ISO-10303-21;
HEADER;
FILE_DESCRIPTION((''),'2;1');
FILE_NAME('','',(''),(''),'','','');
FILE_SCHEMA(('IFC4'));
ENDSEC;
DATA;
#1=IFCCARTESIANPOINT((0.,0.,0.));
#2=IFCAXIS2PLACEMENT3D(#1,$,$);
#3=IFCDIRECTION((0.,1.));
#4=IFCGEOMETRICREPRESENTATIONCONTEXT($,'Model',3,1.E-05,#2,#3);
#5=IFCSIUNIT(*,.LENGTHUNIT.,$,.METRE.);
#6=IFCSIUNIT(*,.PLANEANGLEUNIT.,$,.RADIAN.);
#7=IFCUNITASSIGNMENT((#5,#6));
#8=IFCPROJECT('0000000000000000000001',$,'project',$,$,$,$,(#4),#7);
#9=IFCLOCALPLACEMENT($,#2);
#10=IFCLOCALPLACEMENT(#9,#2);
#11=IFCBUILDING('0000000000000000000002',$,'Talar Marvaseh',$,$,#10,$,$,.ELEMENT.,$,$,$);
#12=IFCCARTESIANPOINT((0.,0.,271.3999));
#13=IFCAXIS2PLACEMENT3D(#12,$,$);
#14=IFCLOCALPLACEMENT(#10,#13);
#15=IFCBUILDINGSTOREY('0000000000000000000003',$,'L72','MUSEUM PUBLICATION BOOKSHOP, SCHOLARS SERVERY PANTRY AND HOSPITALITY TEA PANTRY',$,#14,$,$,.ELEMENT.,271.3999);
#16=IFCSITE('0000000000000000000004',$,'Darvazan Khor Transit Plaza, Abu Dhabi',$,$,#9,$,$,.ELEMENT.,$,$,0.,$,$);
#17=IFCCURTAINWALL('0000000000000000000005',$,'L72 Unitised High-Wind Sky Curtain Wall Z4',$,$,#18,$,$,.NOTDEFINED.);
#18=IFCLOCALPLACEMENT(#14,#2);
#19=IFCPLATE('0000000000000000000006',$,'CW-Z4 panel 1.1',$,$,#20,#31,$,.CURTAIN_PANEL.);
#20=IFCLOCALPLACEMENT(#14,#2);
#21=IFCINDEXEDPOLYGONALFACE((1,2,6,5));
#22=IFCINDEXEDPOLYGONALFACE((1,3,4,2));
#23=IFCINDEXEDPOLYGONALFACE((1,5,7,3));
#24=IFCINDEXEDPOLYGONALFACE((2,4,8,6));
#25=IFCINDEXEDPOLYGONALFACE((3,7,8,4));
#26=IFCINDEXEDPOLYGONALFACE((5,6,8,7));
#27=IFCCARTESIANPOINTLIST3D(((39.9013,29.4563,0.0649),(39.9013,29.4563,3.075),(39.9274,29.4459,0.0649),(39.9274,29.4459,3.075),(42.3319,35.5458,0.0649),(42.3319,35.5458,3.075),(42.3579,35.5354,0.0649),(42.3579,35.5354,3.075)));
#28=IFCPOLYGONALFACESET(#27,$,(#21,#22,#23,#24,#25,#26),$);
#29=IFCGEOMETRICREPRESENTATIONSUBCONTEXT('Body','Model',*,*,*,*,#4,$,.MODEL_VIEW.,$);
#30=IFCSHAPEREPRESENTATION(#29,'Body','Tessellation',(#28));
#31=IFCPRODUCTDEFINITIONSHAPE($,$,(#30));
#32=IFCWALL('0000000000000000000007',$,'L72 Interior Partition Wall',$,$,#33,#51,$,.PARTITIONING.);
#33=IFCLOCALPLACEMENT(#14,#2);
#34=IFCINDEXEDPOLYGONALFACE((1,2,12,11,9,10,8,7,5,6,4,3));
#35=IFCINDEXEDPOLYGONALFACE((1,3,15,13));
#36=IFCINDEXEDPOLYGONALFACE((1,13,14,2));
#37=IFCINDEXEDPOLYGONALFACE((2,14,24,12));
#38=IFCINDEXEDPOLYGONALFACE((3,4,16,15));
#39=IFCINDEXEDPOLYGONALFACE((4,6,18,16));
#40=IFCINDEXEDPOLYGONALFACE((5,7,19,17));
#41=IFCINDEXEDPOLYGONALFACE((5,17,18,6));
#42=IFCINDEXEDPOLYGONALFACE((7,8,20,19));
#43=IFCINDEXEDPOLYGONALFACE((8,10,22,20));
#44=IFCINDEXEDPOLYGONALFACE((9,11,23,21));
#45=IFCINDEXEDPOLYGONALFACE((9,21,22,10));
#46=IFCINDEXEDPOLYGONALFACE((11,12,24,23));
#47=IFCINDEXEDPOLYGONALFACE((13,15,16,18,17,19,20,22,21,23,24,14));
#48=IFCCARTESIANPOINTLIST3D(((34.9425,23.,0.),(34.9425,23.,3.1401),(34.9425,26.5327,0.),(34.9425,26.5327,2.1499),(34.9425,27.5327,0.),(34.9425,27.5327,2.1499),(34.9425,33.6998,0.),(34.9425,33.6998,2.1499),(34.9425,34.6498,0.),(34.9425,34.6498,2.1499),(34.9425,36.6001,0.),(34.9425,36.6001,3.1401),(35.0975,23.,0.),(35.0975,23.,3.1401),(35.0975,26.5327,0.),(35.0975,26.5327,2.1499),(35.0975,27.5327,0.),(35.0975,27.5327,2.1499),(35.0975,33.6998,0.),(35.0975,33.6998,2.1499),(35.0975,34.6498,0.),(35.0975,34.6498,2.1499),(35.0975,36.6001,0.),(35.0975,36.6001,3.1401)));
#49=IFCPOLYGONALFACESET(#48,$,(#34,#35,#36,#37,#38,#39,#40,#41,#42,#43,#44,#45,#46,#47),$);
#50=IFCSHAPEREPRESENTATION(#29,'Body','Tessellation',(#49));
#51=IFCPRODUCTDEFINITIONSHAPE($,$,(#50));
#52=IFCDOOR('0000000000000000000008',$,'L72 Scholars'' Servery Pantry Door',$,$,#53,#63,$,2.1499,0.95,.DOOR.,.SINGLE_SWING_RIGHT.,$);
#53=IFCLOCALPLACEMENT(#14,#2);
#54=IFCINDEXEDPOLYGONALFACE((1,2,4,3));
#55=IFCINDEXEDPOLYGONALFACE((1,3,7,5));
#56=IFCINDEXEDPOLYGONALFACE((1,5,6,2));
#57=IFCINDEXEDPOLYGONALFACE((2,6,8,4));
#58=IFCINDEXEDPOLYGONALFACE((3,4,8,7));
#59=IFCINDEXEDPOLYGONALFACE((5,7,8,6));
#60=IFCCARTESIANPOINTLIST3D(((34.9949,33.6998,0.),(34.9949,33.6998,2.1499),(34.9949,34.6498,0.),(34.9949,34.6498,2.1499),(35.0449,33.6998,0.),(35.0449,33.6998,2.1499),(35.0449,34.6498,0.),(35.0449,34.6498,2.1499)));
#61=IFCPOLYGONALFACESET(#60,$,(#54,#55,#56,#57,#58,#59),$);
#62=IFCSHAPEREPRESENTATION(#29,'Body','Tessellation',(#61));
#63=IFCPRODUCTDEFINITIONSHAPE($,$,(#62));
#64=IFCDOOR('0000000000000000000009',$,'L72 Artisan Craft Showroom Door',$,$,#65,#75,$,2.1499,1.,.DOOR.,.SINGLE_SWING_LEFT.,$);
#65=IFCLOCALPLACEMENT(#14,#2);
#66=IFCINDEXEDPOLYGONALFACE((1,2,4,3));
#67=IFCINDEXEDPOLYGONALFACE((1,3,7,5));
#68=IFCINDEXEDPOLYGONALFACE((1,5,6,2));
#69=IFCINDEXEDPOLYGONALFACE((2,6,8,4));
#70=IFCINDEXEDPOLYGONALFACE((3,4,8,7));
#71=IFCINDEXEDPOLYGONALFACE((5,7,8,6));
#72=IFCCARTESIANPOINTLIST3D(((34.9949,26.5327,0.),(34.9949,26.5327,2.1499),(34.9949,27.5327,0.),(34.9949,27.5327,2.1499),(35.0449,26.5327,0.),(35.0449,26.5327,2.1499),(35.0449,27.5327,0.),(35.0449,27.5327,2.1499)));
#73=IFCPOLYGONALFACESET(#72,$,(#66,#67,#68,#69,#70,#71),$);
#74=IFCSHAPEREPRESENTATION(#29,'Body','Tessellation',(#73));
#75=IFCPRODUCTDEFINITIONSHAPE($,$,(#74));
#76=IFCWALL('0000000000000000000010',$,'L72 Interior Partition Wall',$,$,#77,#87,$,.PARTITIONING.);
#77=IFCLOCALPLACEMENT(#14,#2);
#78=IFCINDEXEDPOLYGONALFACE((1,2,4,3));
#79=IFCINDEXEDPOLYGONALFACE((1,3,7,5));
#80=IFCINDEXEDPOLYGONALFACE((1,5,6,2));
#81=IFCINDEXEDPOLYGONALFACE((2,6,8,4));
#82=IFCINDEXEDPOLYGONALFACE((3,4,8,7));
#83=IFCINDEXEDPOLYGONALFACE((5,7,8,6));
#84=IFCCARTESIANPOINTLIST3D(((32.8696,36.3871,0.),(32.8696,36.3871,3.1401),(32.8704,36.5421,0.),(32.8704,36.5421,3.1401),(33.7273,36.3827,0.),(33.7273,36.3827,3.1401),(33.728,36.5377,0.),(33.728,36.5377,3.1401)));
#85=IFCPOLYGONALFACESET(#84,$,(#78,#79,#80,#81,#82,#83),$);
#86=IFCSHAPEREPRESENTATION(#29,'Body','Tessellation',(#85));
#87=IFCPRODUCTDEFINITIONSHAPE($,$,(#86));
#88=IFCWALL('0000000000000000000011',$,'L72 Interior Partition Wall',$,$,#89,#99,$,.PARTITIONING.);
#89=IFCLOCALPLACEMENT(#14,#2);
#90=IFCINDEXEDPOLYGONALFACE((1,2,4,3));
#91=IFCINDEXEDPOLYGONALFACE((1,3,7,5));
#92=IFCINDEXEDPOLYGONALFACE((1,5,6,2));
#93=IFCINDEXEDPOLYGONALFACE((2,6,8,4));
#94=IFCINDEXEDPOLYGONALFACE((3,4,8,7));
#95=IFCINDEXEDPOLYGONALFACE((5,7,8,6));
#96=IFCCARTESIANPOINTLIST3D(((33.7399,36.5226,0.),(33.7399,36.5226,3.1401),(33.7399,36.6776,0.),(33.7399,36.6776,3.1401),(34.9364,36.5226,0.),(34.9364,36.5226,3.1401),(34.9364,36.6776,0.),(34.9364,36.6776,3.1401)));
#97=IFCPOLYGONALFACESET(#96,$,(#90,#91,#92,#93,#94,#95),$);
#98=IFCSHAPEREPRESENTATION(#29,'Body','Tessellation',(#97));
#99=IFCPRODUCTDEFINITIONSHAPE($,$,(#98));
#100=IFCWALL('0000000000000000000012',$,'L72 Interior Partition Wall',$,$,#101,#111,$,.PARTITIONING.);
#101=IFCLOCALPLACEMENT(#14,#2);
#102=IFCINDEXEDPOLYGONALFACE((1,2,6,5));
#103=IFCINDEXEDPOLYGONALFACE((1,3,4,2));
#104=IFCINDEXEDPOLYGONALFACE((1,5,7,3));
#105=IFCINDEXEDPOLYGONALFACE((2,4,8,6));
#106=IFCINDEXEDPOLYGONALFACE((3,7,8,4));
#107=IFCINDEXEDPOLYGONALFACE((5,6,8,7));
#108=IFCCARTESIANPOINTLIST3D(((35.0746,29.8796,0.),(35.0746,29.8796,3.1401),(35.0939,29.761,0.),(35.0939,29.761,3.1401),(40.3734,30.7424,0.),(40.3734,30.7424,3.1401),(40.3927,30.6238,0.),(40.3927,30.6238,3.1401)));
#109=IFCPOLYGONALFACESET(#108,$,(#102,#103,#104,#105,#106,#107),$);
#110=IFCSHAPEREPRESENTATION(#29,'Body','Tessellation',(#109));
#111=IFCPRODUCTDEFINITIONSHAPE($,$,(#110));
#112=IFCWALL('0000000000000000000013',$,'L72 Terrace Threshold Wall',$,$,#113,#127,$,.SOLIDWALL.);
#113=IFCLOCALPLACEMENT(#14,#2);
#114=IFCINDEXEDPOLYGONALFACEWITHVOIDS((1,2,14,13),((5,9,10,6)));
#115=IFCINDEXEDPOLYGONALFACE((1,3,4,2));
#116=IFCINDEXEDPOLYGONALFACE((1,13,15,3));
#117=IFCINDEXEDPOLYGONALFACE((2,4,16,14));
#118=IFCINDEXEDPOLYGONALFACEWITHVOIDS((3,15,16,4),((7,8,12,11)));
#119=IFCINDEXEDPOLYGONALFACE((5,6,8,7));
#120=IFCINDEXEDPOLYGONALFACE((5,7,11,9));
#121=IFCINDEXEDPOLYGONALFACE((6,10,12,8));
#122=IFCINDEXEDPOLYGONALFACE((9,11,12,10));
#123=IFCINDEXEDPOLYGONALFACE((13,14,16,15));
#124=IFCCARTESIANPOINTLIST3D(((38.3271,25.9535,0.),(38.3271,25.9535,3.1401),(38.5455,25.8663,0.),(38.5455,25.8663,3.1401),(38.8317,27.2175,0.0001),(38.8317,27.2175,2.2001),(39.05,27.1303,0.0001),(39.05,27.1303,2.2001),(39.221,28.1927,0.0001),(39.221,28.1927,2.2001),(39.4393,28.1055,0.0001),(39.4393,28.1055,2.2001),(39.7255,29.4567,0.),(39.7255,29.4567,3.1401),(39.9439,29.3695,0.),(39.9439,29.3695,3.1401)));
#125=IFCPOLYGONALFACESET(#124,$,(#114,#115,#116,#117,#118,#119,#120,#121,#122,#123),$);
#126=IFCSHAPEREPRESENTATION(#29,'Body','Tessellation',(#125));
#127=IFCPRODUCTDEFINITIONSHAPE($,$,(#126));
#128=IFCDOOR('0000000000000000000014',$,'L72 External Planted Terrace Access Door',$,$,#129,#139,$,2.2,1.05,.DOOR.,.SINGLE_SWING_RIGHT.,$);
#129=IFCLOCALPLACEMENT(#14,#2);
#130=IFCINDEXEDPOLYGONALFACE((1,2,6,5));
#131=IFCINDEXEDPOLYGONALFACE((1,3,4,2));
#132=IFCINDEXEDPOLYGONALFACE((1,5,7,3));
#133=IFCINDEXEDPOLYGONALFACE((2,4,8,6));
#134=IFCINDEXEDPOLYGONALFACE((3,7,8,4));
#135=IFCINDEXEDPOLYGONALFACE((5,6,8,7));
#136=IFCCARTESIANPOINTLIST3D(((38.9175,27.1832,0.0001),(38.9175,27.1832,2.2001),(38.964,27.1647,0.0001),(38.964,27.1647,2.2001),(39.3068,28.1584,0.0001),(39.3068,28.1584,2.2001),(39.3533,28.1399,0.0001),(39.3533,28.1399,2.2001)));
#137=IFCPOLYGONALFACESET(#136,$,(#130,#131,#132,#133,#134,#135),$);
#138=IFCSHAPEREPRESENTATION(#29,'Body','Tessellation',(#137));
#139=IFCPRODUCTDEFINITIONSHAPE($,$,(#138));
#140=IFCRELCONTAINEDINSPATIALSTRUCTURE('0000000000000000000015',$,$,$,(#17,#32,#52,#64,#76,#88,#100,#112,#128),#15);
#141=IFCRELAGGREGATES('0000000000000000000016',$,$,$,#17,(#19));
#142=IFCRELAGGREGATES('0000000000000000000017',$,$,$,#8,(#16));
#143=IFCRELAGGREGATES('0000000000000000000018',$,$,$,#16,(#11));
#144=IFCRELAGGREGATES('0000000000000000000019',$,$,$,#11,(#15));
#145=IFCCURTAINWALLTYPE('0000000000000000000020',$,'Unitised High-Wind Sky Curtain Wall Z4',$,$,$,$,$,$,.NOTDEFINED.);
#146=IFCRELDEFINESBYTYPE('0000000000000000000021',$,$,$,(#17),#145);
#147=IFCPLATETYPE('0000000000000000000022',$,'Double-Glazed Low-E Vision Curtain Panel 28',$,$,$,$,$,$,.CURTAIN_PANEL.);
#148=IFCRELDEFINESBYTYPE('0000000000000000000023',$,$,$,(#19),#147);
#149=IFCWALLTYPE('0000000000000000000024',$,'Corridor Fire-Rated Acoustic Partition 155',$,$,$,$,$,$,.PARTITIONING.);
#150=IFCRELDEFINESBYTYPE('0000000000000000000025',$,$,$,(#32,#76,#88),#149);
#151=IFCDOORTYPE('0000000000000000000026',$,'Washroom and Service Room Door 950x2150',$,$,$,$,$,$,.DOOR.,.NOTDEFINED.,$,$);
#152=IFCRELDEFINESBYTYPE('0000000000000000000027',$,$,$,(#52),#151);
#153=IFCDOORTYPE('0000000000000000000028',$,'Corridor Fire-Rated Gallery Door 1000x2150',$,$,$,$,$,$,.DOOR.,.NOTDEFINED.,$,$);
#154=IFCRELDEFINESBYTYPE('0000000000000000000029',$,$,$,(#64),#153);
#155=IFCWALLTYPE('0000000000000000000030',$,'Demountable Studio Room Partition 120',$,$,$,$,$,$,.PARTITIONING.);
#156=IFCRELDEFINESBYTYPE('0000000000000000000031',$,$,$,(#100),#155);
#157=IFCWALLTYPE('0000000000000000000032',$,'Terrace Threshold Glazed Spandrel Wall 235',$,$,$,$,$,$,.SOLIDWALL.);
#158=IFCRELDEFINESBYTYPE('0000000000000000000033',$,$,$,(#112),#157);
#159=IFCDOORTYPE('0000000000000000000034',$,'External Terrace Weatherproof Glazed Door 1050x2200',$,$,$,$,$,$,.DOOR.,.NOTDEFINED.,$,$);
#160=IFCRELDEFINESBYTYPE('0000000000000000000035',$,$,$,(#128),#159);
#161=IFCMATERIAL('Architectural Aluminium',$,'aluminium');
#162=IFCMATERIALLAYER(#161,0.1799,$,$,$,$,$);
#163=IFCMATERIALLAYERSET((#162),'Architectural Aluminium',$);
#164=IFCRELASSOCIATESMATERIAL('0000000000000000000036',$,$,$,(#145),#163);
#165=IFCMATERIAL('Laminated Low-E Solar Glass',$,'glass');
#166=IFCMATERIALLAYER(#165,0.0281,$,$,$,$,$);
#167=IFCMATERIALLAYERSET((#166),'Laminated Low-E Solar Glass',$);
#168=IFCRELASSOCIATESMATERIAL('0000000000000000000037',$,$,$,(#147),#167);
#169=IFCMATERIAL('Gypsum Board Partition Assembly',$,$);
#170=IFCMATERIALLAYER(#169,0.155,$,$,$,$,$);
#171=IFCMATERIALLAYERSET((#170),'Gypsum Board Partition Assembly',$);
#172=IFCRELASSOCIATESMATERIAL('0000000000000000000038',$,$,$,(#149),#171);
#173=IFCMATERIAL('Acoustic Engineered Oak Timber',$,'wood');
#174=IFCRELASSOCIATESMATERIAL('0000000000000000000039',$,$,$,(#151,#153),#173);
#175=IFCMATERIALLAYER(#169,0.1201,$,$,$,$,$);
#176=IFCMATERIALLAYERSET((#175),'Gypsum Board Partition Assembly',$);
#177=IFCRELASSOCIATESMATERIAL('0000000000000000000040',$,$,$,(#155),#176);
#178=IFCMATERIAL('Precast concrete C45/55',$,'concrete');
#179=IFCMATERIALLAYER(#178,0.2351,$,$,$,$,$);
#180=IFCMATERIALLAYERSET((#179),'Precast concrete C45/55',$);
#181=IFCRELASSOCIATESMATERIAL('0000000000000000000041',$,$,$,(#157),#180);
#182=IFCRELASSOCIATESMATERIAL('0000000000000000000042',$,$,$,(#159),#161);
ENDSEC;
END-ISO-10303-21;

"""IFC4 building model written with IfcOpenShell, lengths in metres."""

from ifc_helpers import new_model, si_unit, direction, frame, frame_2d, origin, origin_2d, place, context, subcontext, project, spatial, rectangle, extrude, source, transform, mapped, material, layer, layer_set, type_object, type_shapes, element, fill, aggregate, save


model = new_model("IFC4")

# Units and contexts
model_context = context("Model", 3, precision=1e-05, world=origin(), true_north=direction((0.0, 1.0)))
body_context = subcontext(model_context, "Body", "Model", "MODEL_VIEW")
ifc_project = project(units=[si_unit("LENGTHUNIT", "METRE"), si_unit("PLANEANGLEUNIT", "RADIAN")], contexts=[model_context])

# Site, building, storey
site_placement = place(None, origin())
site = spatial("IfcSite", under=ifc_project, at=site_placement, Name="Darvazan Khor Transit Plaza, Abu Dhabi", CompositionType="ELEMENT", RefElevation=0.0)
building_placement = place(site_placement, origin())
building = spatial("IfcBuilding", under=site, at=building_placement, Name="Talar Marvaseh", CompositionType="ELEMENT")
storey_placement = place(building_placement, frame((0.0, 0.0, 271.3999)))
storey = spatial("IfcBuildingStorey", under=building, at=storey_placement, Name="L72", Description="MUSEUM PUBLICATION BOOKSHOP, SCHOLARS SERVERY PANTRY AND HOSPITALITY TEA PANTRY", CompositionType="ELEMENT", Elevation=271.3999)

# Curtain wall, plate
ifc_material_1 = material(Name="Architectural Aluminium", Category="aluminium")
ifc_layer_1 = layer(ifc_material_1, 0.1799)
ifc_layer_set_1 = layer_set([ifc_layer_1], Name="Architectural Aluminium")
curtain_wall_type = type_object("IfcCurtainWallType", Name="Unitised High-Wind Sky Curtain Wall Z4", PredefinedType="NOTDEFINED", material=ifc_layer_set_1)
curtain_wall_placement = place(storey_placement, origin())
curtain_wall = element("IfcCurtainWall", 1, at=curtain_wall_placement, inside=storey, type_object=curtain_wall_type, Name="L72 Unitised High-Wind Sky Curtain Wall Z4", PredefinedType="NOTDEFINED")
ifc_material_2 = material(Name="Laminated Low-E Solar Glass", Category="glass")
ifc_layer_2 = layer(ifc_material_2, 0.0281)
ifc_layer_set_2 = layer_set([ifc_layer_2], Name="Laminated Low-E Solar Glass")
plate_type = type_object("IfcPlateType", Name="Double-Glazed Low-E Vision Curtain Panel 28", PredefinedType="CURTAIN_PANEL", material=ifc_layer_set_2)
shared_shape_1 = source(origin(), body_context, "Body", "SweptSolid", [
    extrude(rectangle(XDim=6.5566, YDim=0.0281, at=origin_2d()), origin(), (0.0, 0.0, 1.0), 3.01),
])
type_shapes(plate_type, [shared_shape_1])
plate_placement = place(storey_placement, frame((41.1296, 32.4958, 0.0649), z_axis=(0.0, 0.0, 1.0), x_axis=(-0.370697, -0.928754, 0.0)))
plate = element("IfcPlate", 2, at=plate_placement, type_object=plate_type, Name="CW-Z4 panel 1.1", PredefinedType="CURTAIN_PANEL", context=body_context, shape_type="MappedRepresentation", body=[
    mapped(shared_shape_1, transform((0.0, 0.0, 0.0), x_axis=(1.0, 0.0, 0.0), y_axis=(0.0, 1.0, 0.0), z_axis=(0.0, 0.0, 1.0), scale=1.0)),
])
aggregate(curtain_wall, [plate])

# Wall, openings, doors
ifc_material_3 = material(Name="Gypsum Board Partition Assembly")
ifc_layer_3 = layer(ifc_material_3, 0.155)
ifc_layer_set_3 = layer_set([ifc_layer_3], Name="Gypsum Board Partition Assembly")
wall_type_1 = type_object("IfcWallType", Name="Corridor Fire-Rated Acoustic Partition 155", PredefinedType="PARTITIONING", material=ifc_layer_set_3)
wall_1_placement = place(storey_placement, frame((35.02, 36.6001, 0.0), z_axis=(0.0, 0.0, 1.0), x_axis=(0.0, -1.0, 0.0)))
wall_1 = element("IfcWall", 3, at=wall_1_placement, inside=storey, type_object=wall_type_1, Name="L72 Interior Partition Wall", PredefinedType="PARTITIONING", context=body_context, shape_type="SweptSolid", body=[
    extrude(rectangle(XDim=13.6001, YDim=0.155, at=frame_2d((6.8, 0.0))), origin(), (0.0, 0.0, 1.0), 3.1401),
])
opening_1_placement = place(wall_1_placement, frame((9.0674, 0.0, 0.0)))
opening_1 = element("IfcOpeningElement", 4, at=opening_1_placement, cuts=wall_1, PredefinedType="OPENING", context=body_context, shape_type="SweptSolid", body=[
    extrude(rectangle(XDim=1.0, YDim=2.1499, at=frame_2d((0.5, 1.075))), frame((0.0, 0.0874, 0.0), z_axis=(0.0, -1.0, 0.0), x_axis=(1.0, 0.0, 0.0)), (0.0, 0.0, 1.0), 0.175),
])
opening_2_placement = place(wall_1_placement, frame((1.9502, 0.0, 0.0)))
opening_2 = element("IfcOpeningElement", 5, at=opening_2_placement, cuts=wall_1, PredefinedType="OPENING", context=body_context, shape_type="SweptSolid", body=[
    extrude(rectangle(XDim=0.95, YDim=2.1499, at=frame_2d((0.4751, 1.075))), frame((0.0, 0.0874, 0.0), z_axis=(0.0, -1.0, 0.0), x_axis=(1.0, 0.0, 0.0)), (0.0, 0.0, 1.0), 0.175),
])
ifc_material_4 = material(Name="Acoustic Engineered Oak Timber", Category="wood")
door_type_1 = type_object("IfcDoorType", Name="Washroom and Service Room Door 950x2150", OperationType="NOTDEFINED", PredefinedType="DOOR", material=ifc_material_4)
shared_shape_2 = source(origin(), body_context, "Body", "SweptSolid", [
    extrude(rectangle(XDim=0.95, YDim=2.1499, at=frame_2d((0.4751, 1.075))), frame((0.0, 0.0249, 0.0), z_axis=(0.0, -1.0, 0.0), x_axis=(1.0, 0.0, 0.0)), (0.0, 0.0, 1.0), 0.05),
])
type_shapes(door_type_1, [shared_shape_2])
door_1_placement = place(opening_2_placement, origin())
door_1 = element("IfcDoor", 6, at=door_1_placement, inside=storey, type_object=door_type_1, Name="L72 Scholars' Servery Pantry Door", OperationType="SINGLE_SWING_RIGHT", OverallHeight=2.1499, OverallWidth=0.95, PredefinedType="DOOR", context=body_context, shape_type="MappedRepresentation", body=[
    mapped(shared_shape_2, transform((0.0, 0.0, 0.0), x_axis=(1.0, 0.0, 0.0), y_axis=(0.0, 1.0, 0.0), z_axis=(0.0, 0.0, 1.0), scale=1.0)),
])
fill(opening_2, door_1)
door_type_2 = type_object("IfcDoorType", Name="Corridor Fire-Rated Gallery Door 1000x2150", OperationType="NOTDEFINED", PredefinedType="DOOR", material=ifc_material_4)
shared_shape_3 = source(origin(), body_context, "Body", "SweptSolid", [
    extrude(rectangle(XDim=1.0, YDim=2.1499, at=frame_2d((0.5, 1.075))), frame((0.0, 0.0249, 0.0), z_axis=(0.0, -1.0, 0.0), x_axis=(1.0, 0.0, 0.0)), (0.0, 0.0, 1.0), 0.05),
])
type_shapes(door_type_2, [shared_shape_3])
door_2_placement = place(opening_1_placement, origin())
door_2 = element("IfcDoor", 7, at=door_2_placement, inside=storey, type_object=door_type_2, Name="L72 Artisan Craft Showroom Door", OperationType="SINGLE_SWING_LEFT", OverallHeight=2.1499, OverallWidth=1.0, PredefinedType="DOOR", context=body_context, shape_type="MappedRepresentation", body=[
    mapped(shared_shape_3, transform((0.0, 0.0, 0.0), x_axis=(1.0, 0.0, 0.0), y_axis=(0.0, 1.0, 0.0), z_axis=(0.0, 0.0, 1.0), scale=1.0)),
])
fill(opening_1, door_2)

# Walls
wall_2_placement = place(storey_placement, frame((32.8701, 36.4646, 0.0), z_axis=(0.0, 0.0, 1.0), x_axis=(0.999987, -0.005124, 0.0)))
element("IfcWall", 8, at=wall_2_placement, inside=storey, type_object=wall_type_1, Name="L72 Interior Partition Wall", PredefinedType="PARTITIONING", context=body_context, shape_type="SweptSolid", body=[
    extrude(rectangle(XDim=0.8577, YDim=0.155, at=frame_2d((0.4287, 0.0))), origin(), (0.0, 0.0, 1.0), 3.1401),
])
wall_3_placement = place(storey_placement, frame((33.74, 36.6001, 0.0), z_axis=(0.0, 0.0, 1.0), x_axis=(1.0, 0.0, 0.0)))
element("IfcWall", 9, at=wall_3_placement, inside=storey, type_object=wall_type_1, Name="L72 Interior Partition Wall", PredefinedType="PARTITIONING", context=body_context, shape_type="SweptSolid", body=[
    extrude(rectangle(XDim=1.1965, YDim=0.155, at=frame_2d((0.5981, 0.0))), origin(), (0.0, 0.0, 1.0), 3.1401),
])
ifc_layer_4 = layer(ifc_material_3, 0.1201)
ifc_layer_set_4 = layer_set([ifc_layer_4], Name="Gypsum Board Partition Assembly")
wall_type_2 = type_object("IfcWallType", Name="Demountable Studio Room Partition 120", PredefinedType="PARTITIONING", material=ifc_layer_set_4)
wall_4_placement = place(storey_placement, frame((35.0842, 29.8203, 0.0), z_axis=(0.0, 0.0, 1.0), x_axis=(0.987002, 0.160711, 0.0)))
element("IfcWall", 10, at=wall_4_placement, inside=storey, type_object=wall_type_2, Name="L72 Interior Partition Wall", PredefinedType="PARTITIONING", context=body_context, shape_type="SweptSolid", body=[
    extrude(rectangle(XDim=5.3687, YDim=0.1201, at=frame_2d((2.6843, 0.0))), origin(), (0.0, 0.0, 1.0), 3.1401),
])

# Wall, opening, door
ifc_material_5 = material(Name="Precast concrete C45/55", Category="concrete")
ifc_layer_5 = layer(ifc_material_5, 0.2351)
ifc_layer_set_5 = layer_set([ifc_layer_5], Name="Precast concrete C45/55")
wall_type_3 = type_object("IfcWallType", Name="Terrace Threshold Glazed Spandrel Wall 235", PredefinedType="SOLIDWALL", material=ifc_layer_set_5)
wall_5_placement = place(storey_placement, frame((39.8347, 29.4131, 0.0), z_axis=(0.0, 0.0, 1.0), x_axis=(-0.370743, -0.928735, 0.0)))
wall_5 = element("IfcWall", 11, at=wall_5_placement, inside=storey, type_object=wall_type_3, Name="L72 Terrace Threshold Wall", PredefinedType="SOLIDWALL", context=body_context, shape_type="SweptSolid", body=[
    extrude(rectangle(XDim=3.772, YDim=0.2351, at=frame_2d((1.886, 0.0))), origin(), (0.0, 0.0, 1.0), 3.1401),
])
opening_3_placement = place(wall_5_placement, frame((1.3611, 0.0, 0.0)))
opening_3 = element("IfcOpeningElement", 12, at=opening_3_placement, cuts=wall_5, PredefinedType="OPENING", context=body_context, shape_type="SweptSolid", body=[
    extrude(rectangle(XDim=1.05, YDim=2.2, at=frame_2d((0.5249, 1.1001))), frame((0.0, 0.1274, 0.0), z_axis=(0.0, -1.0, 0.0), x_axis=(1.0, 0.0, 0.0)), (0.0, 0.0, 1.0), 0.2551),
])
door_type_3 = type_object("IfcDoorType", Name="External Terrace Weatherproof Glazed Door 1050x2200", OperationType="NOTDEFINED", PredefinedType="DOOR", material=ifc_material_1)
shared_shape_4 = source(origin(), body_context, "Body", "SweptSolid", [
    extrude(rectangle(XDim=1.05, YDim=2.2, at=frame_2d((0.5249, 1.1001))), frame((0.0, 0.0249, 0.0), z_axis=(0.0, -1.0, 0.0), x_axis=(1.0, 0.0, 0.0)), (0.0, 0.0, 1.0), 0.05),
])
type_shapes(door_type_3, [shared_shape_4])
door_3_placement = place(opening_3_placement, origin())
door_3 = element("IfcDoor", 13, at=door_3_placement, inside=storey, type_object=door_type_3, Name="L72 External Planted Terrace Access Door", OperationType="SINGLE_SWING_RIGHT", OverallHeight=2.2, OverallWidth=1.05, PredefinedType="DOOR", context=body_context, shape_type="MappedRepresentation", body=[
    mapped(shared_shape_4, transform((0.0, 0.0, 0.0), x_axis=(1.0, 0.0, 0.0), y_axis=(0.0, 1.0, 0.0), z_axis=(0.0, 0.0, 1.0), scale=1.0)),
])
fill(opening_3, door_3)

save(model, "model.ifc")
